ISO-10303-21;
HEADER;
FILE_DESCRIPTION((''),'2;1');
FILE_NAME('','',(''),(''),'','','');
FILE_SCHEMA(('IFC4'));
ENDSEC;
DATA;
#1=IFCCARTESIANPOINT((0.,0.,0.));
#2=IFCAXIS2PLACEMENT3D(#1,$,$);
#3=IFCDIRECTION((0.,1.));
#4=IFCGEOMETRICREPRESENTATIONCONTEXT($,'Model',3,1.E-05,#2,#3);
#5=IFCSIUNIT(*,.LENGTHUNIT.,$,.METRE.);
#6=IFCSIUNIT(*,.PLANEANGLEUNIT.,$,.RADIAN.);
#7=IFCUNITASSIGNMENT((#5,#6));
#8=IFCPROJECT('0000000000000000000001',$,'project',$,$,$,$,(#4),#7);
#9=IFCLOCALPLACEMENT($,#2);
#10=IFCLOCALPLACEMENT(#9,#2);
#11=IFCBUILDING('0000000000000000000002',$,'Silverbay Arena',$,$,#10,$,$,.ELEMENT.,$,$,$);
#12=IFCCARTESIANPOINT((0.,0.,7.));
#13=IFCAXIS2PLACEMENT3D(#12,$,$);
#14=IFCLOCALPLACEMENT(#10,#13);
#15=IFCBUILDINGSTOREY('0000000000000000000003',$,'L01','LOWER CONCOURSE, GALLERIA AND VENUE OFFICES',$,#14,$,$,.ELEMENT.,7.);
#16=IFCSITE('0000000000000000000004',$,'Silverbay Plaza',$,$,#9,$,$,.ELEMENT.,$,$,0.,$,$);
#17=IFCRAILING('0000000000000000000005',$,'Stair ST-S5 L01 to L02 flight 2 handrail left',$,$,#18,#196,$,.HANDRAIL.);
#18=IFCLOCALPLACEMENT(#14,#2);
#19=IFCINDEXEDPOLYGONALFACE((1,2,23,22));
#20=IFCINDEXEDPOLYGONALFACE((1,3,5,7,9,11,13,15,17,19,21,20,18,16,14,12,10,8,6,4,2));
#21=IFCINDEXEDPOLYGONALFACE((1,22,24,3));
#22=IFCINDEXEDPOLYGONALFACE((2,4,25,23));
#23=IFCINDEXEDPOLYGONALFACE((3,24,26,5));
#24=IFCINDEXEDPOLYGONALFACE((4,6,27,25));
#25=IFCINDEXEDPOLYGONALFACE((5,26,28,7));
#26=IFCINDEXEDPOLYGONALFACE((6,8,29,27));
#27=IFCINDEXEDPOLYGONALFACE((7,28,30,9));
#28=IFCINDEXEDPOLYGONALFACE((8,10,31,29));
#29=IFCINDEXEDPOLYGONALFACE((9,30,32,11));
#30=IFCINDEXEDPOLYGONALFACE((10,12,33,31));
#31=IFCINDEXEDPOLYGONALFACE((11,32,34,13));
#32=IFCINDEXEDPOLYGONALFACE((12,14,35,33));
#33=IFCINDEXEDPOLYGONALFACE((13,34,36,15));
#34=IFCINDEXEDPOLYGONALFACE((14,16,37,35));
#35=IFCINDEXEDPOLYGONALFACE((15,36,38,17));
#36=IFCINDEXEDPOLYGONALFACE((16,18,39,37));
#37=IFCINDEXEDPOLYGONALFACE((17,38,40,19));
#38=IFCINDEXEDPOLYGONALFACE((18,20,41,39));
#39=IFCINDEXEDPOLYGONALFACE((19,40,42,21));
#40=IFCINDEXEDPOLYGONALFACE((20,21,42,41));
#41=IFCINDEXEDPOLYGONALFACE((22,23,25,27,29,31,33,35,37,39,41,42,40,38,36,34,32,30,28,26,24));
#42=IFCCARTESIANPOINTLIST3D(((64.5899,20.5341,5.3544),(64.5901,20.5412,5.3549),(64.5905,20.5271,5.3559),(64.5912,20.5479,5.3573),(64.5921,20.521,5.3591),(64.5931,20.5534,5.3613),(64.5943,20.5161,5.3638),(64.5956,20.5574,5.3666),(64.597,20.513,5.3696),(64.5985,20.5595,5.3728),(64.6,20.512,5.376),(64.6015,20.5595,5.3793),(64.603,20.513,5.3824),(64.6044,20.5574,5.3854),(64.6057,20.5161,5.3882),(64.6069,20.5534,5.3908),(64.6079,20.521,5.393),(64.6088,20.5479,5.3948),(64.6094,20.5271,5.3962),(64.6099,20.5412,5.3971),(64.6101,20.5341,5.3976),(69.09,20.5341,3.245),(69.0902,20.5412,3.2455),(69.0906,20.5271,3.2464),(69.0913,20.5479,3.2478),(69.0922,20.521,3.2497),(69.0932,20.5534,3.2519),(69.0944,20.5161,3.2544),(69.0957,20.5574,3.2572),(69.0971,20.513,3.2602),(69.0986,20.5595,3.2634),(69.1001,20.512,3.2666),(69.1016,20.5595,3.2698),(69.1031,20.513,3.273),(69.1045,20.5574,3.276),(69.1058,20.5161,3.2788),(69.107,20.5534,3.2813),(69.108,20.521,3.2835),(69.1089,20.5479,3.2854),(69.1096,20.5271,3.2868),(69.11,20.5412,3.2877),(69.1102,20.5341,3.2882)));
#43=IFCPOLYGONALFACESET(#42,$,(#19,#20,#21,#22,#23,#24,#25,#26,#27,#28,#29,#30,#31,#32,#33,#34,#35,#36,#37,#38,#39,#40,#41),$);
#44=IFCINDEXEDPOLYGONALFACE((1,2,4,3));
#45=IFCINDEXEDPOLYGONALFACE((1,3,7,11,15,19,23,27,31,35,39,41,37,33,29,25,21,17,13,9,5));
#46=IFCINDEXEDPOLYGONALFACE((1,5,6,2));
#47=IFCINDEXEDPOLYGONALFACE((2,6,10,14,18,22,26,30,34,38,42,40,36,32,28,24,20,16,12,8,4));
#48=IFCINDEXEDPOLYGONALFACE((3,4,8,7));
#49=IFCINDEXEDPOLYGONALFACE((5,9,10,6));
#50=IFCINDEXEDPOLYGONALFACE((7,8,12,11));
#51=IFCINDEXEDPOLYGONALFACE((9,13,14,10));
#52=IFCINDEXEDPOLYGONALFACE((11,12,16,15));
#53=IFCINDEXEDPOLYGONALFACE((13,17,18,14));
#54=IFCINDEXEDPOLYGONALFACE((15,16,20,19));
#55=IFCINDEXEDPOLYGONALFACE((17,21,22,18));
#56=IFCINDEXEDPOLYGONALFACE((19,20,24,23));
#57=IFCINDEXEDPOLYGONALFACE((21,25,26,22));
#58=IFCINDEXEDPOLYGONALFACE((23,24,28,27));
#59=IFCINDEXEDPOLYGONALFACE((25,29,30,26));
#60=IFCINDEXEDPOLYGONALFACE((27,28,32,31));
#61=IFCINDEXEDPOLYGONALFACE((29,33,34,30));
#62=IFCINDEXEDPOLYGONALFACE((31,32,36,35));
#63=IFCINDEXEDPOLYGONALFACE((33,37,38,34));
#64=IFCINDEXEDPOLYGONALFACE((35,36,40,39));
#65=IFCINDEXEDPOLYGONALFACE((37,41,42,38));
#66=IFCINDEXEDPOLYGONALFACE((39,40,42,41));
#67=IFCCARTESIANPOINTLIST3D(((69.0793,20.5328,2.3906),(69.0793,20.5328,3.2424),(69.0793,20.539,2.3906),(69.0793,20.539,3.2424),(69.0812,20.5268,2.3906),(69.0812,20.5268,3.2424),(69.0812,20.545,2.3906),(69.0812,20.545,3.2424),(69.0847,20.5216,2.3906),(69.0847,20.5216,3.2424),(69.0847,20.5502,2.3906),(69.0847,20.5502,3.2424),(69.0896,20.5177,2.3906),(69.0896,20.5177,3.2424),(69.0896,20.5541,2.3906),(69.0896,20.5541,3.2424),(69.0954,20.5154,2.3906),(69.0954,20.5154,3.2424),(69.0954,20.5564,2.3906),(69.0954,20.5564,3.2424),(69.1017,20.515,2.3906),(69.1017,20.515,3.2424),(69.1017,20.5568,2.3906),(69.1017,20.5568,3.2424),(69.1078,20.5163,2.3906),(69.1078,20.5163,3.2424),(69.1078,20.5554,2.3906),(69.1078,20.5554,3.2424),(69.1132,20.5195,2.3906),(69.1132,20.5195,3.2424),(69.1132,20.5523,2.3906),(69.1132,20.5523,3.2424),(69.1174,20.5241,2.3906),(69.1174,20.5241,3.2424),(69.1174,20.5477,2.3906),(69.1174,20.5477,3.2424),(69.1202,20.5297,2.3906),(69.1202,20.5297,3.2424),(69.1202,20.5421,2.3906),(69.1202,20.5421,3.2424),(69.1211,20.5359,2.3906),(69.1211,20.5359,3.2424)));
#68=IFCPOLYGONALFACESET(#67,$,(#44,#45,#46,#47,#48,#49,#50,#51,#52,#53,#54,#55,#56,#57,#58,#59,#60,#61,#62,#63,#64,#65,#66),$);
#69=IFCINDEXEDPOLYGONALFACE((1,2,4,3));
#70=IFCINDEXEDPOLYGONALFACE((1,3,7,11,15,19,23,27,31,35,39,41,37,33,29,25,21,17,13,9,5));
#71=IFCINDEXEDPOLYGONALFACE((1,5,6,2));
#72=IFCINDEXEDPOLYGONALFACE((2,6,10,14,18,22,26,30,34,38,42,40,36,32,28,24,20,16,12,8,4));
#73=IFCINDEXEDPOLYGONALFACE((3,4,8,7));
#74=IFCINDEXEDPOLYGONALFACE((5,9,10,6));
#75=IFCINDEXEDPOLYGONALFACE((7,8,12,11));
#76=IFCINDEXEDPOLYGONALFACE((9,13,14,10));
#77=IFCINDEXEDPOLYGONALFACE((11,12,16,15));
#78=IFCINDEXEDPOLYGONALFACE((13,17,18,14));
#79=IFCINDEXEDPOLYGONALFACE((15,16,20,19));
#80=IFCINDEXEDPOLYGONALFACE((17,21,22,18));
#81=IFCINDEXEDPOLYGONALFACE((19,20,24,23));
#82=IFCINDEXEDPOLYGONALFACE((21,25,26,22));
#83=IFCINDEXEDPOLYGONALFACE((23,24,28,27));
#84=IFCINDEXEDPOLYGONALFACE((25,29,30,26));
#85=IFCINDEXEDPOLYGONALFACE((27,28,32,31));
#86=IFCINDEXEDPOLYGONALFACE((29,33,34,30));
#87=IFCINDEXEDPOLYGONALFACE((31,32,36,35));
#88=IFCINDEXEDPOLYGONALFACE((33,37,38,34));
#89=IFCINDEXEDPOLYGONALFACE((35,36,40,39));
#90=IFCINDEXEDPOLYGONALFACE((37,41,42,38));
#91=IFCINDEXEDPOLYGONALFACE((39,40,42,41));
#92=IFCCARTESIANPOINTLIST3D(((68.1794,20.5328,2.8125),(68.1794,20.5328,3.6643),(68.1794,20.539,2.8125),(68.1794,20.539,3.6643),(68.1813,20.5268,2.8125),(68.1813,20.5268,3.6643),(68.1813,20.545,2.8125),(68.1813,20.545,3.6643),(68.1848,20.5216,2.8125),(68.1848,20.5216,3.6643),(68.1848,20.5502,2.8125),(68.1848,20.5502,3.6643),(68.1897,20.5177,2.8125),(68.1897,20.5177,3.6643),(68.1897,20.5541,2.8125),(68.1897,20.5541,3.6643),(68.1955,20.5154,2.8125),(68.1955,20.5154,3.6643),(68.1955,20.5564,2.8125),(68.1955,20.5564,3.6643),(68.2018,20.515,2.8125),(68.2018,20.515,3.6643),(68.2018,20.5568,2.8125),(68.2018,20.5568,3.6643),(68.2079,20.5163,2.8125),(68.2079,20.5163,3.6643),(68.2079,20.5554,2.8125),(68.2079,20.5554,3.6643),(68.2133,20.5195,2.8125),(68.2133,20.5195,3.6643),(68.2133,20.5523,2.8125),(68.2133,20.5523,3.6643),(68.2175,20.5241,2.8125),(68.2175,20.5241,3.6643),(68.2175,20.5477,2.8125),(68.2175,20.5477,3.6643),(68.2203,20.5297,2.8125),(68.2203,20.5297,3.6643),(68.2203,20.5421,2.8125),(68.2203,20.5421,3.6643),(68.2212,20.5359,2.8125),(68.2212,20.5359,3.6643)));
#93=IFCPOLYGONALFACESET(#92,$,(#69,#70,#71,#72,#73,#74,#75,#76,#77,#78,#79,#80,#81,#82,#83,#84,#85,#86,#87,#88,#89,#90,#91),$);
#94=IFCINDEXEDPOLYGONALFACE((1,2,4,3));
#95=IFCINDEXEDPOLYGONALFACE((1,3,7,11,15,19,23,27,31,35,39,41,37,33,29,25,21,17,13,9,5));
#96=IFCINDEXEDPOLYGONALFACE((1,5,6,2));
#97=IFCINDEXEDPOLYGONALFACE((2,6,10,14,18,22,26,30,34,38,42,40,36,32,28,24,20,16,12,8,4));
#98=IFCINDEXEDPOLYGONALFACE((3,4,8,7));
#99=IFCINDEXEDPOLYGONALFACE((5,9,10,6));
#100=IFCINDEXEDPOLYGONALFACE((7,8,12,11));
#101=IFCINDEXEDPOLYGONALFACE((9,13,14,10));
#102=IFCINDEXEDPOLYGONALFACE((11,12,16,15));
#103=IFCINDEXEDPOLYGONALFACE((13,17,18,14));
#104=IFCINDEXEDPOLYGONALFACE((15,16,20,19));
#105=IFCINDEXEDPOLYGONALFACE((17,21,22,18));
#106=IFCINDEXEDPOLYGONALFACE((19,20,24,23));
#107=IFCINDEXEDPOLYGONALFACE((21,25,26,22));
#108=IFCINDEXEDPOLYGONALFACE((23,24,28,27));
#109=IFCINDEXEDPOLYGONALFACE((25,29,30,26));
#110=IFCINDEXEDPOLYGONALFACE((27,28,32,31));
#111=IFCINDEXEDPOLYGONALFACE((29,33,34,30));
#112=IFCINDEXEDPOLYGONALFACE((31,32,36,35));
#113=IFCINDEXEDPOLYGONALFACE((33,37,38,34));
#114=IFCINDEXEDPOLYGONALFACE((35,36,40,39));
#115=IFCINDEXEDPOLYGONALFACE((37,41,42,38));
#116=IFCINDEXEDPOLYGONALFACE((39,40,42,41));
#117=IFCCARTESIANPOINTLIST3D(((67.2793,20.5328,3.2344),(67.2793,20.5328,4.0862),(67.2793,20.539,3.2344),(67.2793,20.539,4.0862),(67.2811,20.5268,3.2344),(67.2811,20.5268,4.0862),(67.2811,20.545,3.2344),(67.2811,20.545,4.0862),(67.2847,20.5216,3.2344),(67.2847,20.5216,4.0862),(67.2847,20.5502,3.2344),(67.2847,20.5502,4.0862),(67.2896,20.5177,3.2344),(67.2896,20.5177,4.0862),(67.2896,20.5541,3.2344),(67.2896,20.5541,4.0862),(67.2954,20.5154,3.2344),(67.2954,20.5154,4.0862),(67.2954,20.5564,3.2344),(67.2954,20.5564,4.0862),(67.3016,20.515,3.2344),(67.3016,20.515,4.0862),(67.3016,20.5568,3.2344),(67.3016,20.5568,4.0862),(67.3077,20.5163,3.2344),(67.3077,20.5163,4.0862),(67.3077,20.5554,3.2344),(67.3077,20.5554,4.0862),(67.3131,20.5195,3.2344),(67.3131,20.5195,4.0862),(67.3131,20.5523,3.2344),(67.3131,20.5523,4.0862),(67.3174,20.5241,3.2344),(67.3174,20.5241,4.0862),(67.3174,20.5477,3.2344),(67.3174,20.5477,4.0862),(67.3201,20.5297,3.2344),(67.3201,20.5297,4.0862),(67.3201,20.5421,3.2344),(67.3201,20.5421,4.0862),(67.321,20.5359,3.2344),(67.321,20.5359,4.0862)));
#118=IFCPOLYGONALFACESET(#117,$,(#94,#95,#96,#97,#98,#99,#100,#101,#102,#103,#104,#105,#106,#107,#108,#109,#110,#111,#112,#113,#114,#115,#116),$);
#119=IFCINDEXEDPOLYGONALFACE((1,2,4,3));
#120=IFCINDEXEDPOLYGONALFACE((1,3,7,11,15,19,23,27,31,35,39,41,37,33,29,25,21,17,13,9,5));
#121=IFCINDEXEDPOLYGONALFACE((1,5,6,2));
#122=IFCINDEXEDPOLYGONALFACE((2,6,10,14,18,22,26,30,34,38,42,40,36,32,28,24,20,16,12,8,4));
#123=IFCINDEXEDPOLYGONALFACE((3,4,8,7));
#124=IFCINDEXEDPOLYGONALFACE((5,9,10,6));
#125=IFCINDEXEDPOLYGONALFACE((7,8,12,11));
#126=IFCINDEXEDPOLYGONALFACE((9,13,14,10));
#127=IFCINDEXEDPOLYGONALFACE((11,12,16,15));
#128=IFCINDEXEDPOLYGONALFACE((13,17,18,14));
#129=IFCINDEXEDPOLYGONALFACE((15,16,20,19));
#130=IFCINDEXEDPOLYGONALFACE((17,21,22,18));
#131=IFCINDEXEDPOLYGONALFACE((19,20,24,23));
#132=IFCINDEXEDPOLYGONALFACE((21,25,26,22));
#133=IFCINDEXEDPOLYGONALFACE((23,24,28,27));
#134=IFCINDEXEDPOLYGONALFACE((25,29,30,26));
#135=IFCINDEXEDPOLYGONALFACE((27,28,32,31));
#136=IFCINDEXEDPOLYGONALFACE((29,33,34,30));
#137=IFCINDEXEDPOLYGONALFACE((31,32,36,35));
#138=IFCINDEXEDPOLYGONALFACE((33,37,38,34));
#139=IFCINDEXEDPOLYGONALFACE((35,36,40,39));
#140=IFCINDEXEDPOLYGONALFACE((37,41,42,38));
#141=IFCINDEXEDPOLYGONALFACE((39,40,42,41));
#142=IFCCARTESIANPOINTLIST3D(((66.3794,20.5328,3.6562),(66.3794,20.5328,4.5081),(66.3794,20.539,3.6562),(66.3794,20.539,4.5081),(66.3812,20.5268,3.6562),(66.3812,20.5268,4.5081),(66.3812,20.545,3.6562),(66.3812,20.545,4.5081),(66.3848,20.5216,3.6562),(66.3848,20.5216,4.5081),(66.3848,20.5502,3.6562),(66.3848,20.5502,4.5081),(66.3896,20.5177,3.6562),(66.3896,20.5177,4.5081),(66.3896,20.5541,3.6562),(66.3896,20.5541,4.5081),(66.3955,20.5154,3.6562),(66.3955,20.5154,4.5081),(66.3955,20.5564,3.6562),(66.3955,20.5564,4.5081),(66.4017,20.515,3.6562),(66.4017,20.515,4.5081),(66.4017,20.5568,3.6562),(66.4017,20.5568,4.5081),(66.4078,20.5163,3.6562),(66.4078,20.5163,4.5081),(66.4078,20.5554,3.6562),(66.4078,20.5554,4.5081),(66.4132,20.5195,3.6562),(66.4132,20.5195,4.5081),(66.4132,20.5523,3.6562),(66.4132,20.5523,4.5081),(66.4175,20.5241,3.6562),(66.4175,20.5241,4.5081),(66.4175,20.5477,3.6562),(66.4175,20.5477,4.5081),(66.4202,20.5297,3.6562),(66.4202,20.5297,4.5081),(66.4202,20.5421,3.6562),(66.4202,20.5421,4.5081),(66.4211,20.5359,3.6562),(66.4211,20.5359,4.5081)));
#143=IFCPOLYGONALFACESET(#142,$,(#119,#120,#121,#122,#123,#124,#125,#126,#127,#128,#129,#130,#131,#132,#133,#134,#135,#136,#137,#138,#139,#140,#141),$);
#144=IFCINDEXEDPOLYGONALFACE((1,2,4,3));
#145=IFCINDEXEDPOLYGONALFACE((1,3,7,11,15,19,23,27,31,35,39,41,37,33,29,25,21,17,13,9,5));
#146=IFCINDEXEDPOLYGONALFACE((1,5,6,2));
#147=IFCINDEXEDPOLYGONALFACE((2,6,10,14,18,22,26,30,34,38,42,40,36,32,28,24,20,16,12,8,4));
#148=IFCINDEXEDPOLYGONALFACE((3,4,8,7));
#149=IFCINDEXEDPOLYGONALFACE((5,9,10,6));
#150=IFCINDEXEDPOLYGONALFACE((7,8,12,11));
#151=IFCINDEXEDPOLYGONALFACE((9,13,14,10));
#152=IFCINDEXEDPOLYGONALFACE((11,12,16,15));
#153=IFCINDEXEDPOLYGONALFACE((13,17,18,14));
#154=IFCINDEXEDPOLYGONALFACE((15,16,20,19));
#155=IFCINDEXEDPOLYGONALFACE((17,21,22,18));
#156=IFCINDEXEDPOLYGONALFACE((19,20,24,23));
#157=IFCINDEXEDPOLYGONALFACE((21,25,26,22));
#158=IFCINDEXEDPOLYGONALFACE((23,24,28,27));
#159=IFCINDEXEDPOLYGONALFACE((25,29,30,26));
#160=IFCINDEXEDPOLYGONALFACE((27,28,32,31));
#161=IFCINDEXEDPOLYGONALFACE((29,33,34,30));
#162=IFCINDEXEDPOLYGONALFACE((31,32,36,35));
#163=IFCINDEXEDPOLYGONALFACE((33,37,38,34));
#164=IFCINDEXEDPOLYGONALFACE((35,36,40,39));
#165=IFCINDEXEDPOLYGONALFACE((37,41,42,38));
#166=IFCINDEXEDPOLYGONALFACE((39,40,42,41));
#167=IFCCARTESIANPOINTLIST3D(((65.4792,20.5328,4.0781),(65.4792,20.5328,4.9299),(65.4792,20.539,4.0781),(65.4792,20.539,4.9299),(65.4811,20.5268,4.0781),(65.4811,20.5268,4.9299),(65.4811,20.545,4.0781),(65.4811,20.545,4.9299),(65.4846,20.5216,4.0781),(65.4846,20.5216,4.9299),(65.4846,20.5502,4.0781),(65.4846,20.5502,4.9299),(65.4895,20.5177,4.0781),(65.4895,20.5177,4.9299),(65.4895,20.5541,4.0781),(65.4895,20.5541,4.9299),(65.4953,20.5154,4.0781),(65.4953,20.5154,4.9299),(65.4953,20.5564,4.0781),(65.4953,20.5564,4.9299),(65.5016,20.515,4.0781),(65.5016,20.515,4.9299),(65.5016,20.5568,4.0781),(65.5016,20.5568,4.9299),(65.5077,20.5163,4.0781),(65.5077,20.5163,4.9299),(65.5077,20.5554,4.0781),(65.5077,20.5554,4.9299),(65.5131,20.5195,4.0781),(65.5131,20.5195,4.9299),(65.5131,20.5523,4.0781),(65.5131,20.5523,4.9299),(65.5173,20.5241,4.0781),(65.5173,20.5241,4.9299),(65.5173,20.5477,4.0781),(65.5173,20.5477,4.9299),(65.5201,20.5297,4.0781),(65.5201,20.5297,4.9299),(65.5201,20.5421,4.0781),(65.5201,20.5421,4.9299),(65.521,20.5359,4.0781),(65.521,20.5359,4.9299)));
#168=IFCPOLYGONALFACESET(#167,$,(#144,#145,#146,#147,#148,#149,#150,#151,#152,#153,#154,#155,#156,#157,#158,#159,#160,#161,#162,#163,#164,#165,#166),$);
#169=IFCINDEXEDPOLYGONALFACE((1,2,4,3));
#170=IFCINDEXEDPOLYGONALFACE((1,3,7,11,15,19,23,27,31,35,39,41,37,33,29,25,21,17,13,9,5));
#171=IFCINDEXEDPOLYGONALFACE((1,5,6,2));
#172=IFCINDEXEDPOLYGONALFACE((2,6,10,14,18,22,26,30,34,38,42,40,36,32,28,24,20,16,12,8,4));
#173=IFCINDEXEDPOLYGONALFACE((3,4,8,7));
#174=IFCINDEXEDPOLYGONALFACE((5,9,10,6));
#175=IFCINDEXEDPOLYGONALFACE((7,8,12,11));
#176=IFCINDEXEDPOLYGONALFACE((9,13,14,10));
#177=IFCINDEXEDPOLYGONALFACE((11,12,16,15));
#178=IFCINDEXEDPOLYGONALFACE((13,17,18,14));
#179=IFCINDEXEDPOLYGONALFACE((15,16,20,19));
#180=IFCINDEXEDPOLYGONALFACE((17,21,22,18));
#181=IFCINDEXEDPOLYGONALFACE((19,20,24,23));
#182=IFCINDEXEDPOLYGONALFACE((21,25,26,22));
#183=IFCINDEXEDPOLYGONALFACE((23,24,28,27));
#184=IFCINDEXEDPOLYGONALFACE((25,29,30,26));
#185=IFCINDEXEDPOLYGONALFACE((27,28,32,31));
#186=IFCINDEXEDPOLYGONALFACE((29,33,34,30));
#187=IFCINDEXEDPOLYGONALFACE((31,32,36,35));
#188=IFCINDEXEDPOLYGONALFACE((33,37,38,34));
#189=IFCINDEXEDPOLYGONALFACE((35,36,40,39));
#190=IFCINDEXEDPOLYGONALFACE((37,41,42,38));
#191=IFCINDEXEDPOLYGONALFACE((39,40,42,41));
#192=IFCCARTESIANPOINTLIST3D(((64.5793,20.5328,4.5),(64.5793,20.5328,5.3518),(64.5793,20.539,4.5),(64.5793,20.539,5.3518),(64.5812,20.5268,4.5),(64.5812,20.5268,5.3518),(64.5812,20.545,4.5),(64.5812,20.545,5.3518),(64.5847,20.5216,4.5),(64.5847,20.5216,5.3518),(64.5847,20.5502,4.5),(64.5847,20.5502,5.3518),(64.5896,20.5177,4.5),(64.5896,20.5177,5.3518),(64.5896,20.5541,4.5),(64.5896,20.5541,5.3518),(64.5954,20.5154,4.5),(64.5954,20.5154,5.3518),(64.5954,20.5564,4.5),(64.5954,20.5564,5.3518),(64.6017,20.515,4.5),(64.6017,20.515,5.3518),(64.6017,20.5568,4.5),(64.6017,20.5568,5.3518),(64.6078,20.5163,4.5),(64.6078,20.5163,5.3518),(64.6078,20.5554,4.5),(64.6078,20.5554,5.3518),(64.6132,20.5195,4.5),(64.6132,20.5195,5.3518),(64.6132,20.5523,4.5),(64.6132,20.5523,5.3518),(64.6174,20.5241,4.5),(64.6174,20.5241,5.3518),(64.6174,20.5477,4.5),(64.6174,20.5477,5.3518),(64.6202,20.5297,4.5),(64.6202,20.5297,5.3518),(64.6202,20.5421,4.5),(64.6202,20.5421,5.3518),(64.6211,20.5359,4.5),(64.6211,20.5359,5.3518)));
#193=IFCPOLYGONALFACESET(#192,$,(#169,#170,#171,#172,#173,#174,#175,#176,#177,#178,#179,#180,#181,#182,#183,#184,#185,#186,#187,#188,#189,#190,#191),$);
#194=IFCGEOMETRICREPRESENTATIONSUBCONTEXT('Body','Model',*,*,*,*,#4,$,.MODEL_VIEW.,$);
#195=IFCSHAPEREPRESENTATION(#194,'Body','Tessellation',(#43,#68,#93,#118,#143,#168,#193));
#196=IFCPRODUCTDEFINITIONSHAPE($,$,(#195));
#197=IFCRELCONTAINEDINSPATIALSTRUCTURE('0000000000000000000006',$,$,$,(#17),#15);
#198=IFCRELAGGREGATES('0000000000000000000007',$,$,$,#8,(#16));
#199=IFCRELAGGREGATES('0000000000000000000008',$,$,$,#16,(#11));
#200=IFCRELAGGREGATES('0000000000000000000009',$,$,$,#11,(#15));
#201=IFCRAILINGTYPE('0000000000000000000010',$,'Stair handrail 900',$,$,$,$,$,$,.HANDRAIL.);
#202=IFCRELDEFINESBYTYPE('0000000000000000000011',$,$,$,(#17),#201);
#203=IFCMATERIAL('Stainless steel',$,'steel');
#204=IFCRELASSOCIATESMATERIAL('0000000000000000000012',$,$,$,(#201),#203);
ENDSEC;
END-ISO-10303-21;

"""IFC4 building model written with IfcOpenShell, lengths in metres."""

from ifc_helpers import new_model, si_unit, direction, frame, origin, origin_2d, place, context, subcontext, project, spatial, circle, extrude, material, type_object, element, save


model = new_model("IFC4")

# Units and contexts
model_context = context("Model", 3, precision=1e-05, world=origin(), true_north=direction((0.0, 1.0)))
body_context = subcontext(model_context, "Body", "Model", "MODEL_VIEW")
ifc_project = project(units=[si_unit("LENGTHUNIT", "METRE"), si_unit("PLANEANGLEUNIT", "RADIAN")], contexts=[model_context])

# Site, building, storey
site_placement = place(None, origin())
site = spatial("IfcSite", under=ifc_project, at=site_placement, Name="Silverbay Plaza", CompositionType="ELEMENT", RefElevation=0.0)
building_placement = place(site_placement, origin())
building = spatial("IfcBuilding", under=site, at=building_placement, Name="Silverbay Arena", CompositionType="ELEMENT")
storey_placement = place(building_placement, frame((0.0, 0.0, 7.0)))
storey = spatial("IfcBuildingStorey", under=building, at=storey_placement, Name="L01", Description="LOWER CONCOURSE, GALLERIA AND VENUE OFFICES", CompositionType="ELEMENT", Elevation=7.0)

# Railing
ifc_material_1 = material(Name="Stainless steel", Category="steel")
railing_type_1 = type_object("IfcRailingType", Name="Stair handrail 900", PredefinedType="HANDRAIL", material=ifc_material_1)
for number, where, name in (
    (1, (69.1001, 20.5359, 2.3906), "Stair ST-S5 L01 to L02 flight 2 handrail left"),
):
    element("IfcRailing", number, at=place(storey_placement, frame(where)), inside=storey, type_object=railing_type_1, Name=name, PredefinedType="HANDRAIL", context=body_context, shape_type="SweptSolid", body=[
        extrude(circle(Radius=0.0239, at=origin_2d()), frame((0.0, 0.0, 0.876), z_axis=(-0.905459, 0.0, 0.424434), x_axis=(0.0, -1.0, 0.0)), (0.0, 0.0, 1.0), 4.97),
        extrude(circle(Radius=0.021, at=origin_2d()), origin(), (0.0, 0.0, 1.0), 0.8518),
        extrude(circle(Radius=0.021, at=origin_2d()), frame((-0.8999, 0.0, 0.4219)), (0.0, 0.0, 1.0), 0.8518),
        extrude(circle(Radius=0.021, at=origin_2d()), frame((-1.8, 0.0, 0.8438)), (0.0, 0.0, 1.0), 0.8518),
        extrude(circle(Radius=0.021, at=origin_2d()), frame((-2.7, 0.0, 1.2656)), (0.0, 0.0, 1.0), 0.8518),
        extrude(circle(Radius=0.021, at=origin_2d()), frame((-3.6001, 0.0, 1.6875)), (0.0, 0.0, 1.0), 0.8518),
        extrude(circle(Radius=0.021, at=origin_2d()), frame((-4.5, 0.0, 2.1094)), (0.0, 0.0, 1.0), 0.8518),
    ])

save(model, "model.ifc")
